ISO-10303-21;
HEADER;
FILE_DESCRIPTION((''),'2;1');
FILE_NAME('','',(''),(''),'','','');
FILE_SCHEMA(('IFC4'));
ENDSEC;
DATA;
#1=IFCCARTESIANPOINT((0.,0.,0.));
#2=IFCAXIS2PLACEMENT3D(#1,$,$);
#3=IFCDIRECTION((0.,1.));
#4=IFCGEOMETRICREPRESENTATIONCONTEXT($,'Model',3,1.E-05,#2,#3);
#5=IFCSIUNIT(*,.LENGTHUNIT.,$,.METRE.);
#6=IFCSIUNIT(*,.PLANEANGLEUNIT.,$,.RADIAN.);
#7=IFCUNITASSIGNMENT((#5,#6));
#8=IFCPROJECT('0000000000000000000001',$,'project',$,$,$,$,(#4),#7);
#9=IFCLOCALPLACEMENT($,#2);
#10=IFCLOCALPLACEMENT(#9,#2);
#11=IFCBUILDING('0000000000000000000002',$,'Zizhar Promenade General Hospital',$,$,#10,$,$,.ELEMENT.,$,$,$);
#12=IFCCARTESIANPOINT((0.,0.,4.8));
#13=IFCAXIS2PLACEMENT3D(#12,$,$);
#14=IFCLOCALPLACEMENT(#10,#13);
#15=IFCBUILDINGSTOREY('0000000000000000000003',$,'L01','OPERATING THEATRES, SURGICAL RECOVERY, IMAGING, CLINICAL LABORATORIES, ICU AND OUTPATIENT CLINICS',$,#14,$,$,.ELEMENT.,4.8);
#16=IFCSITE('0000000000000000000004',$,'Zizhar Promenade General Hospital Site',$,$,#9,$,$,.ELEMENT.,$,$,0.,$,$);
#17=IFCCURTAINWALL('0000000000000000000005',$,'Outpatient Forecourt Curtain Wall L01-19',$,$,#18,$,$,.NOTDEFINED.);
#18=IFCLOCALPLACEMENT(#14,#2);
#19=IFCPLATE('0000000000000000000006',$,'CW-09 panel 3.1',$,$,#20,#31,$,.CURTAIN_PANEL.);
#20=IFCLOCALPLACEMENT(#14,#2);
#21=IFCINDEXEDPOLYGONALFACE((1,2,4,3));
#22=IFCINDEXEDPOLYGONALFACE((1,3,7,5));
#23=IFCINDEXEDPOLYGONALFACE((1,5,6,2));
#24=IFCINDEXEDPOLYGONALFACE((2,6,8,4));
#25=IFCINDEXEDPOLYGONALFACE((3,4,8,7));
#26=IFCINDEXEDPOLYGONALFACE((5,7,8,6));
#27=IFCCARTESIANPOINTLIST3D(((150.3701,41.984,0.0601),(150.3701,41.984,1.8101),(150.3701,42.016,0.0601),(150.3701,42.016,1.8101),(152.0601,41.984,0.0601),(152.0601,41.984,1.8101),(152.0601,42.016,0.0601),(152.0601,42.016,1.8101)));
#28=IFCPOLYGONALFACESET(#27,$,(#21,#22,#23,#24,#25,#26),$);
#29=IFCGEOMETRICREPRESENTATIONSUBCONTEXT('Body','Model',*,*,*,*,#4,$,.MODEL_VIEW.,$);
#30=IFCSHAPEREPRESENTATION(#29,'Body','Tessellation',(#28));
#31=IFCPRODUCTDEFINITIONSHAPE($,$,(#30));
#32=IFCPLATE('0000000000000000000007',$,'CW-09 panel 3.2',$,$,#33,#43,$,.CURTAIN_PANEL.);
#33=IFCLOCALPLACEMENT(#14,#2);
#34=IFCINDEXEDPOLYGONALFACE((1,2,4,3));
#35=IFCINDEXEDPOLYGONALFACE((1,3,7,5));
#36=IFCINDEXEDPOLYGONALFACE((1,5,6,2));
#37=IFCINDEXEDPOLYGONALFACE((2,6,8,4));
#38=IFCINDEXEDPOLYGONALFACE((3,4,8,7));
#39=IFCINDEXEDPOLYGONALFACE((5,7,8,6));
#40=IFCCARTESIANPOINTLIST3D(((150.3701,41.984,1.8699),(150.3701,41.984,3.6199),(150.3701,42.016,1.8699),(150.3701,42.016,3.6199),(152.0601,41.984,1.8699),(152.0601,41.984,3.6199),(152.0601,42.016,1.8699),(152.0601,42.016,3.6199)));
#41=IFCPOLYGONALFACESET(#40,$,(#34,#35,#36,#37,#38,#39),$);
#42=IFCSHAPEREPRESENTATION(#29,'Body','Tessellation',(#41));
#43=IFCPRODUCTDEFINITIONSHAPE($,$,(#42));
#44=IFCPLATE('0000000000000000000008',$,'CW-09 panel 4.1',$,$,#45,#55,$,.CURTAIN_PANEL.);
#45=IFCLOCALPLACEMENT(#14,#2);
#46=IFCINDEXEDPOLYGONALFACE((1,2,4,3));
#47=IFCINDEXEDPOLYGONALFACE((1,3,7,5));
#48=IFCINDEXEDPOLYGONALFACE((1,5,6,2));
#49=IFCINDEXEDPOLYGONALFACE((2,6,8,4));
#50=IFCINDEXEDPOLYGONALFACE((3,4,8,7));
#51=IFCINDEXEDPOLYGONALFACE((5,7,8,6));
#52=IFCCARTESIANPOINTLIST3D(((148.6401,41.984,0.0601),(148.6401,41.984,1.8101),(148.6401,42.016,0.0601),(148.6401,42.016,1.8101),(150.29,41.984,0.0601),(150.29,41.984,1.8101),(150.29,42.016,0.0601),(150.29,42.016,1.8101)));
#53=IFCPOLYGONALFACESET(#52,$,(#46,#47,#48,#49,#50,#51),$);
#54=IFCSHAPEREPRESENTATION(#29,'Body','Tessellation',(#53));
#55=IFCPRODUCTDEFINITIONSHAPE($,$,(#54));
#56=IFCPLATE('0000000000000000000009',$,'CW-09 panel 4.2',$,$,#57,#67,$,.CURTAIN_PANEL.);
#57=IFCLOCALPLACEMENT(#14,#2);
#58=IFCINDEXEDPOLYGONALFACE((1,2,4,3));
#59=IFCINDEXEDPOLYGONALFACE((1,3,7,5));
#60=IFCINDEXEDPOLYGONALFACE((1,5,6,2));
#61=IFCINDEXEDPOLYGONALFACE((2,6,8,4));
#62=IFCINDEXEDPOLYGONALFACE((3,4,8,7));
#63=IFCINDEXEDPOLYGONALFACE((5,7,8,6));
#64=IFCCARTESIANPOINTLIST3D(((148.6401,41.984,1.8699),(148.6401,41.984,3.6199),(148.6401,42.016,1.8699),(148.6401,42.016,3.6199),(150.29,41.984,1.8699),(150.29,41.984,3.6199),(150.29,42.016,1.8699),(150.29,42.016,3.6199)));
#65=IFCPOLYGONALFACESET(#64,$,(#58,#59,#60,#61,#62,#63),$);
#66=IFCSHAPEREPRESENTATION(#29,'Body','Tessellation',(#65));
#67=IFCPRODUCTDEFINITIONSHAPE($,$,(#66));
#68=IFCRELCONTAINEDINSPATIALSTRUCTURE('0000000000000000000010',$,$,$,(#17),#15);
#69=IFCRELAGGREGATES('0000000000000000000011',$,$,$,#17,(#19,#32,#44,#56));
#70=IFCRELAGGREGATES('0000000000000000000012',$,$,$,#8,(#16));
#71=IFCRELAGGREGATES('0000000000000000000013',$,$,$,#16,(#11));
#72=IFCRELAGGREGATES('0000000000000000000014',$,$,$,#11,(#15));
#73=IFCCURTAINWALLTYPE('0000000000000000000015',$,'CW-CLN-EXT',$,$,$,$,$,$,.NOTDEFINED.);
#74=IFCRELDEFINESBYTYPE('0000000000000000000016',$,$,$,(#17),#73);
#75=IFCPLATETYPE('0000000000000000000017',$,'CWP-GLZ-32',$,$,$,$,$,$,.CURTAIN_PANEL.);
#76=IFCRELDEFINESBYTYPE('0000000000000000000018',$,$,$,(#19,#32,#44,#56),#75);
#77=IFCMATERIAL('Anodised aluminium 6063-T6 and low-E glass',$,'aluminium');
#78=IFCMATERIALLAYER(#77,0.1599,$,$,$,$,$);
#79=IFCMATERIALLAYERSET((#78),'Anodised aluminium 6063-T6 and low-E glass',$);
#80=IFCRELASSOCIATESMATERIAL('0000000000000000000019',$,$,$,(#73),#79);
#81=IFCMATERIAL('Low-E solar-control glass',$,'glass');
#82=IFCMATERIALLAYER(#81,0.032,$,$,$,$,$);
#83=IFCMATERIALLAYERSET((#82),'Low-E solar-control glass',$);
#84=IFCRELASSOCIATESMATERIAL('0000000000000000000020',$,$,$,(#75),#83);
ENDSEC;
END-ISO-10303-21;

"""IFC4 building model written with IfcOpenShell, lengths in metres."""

from ifc_helpers import new_model, si_unit, direction, frame, origin, origin_2d, place, context, subcontext, project, spatial, rectangle, extrude, material, layer, layer_set, type_object, element, aggregate, save


model = new_model("IFC4")

# Units and contexts
model_context = context("Model", 3, precision=1e-05, world=origin(), true_north=direction((0.0, 1.0)))
body_context = subcontext(model_context, "Body", "Model", "MODEL_VIEW")
ifc_project = project(units=[si_unit("LENGTHUNIT", "METRE"), si_unit("PLANEANGLEUNIT", "RADIAN")], contexts=[model_context])

# Site, building, storey
site_placement = place(None, origin())
site = spatial("IfcSite", under=ifc_project, at=site_placement, Name="Zizhar Promenade General Hospital Site", CompositionType="ELEMENT", RefElevation=0.0)
building_placement = place(site_placement, origin())
building = spatial("IfcBuilding", under=site, at=building_placement, Name="Zizhar Promenade General Hospital", CompositionType="ELEMENT")
storey_placement = place(building_placement, frame((0.0, 0.0, 4.8)))
storey = spatial("IfcBuildingStorey", under=building, at=storey_placement, Name="L01", Description="OPERATING THEATRES, SURGICAL RECOVERY, IMAGING, CLINICAL LABORATORIES, ICU AND OUTPATIENT CLINICS", CompositionType="ELEMENT", Elevation=4.8)

# Curtain wall, plates
ifc_material_1 = material(Name="Anodised aluminium 6063-T6 and low-E glass", Category="aluminium")
ifc_layer_1 = layer(ifc_material_1, 0.1599)
ifc_layer_set_1 = layer_set([ifc_layer_1], Name="Anodised aluminium 6063-T6 and low-E glass")
curtain_wall_type = type_object("IfcCurtainWallType", Name="CW-CLN-EXT", PredefinedType="NOTDEFINED", material=ifc_layer_set_1)
curtain_wall_placement = place(storey_placement, origin())
curtain_wall = element("IfcCurtainWall", 1, at=curtain_wall_placement, inside=storey, type_object=curtain_wall_type, Name="Outpatient Forecourt Curtain Wall L01-19", PredefinedType="NOTDEFINED")
ifc_material_2 = material(Name="Low-E solar-control glass", Category="glass")
ifc_layer_2 = layer(ifc_material_2, 0.032)
ifc_layer_set_2 = layer_set([ifc_layer_2], Name="Low-E solar-control glass")
plate_type = type_object("IfcPlateType", Name="CWP-GLZ-32", PredefinedType="CURTAIN_PANEL", material=ifc_layer_set_2)
plate_1_placement = place(storey_placement, frame((151.2151, 42.0, 0.0601), z_axis=(0.0, 0.0, 1.0), x_axis=(-1.0, 0.0, 0.0)))
plate_1 = element("IfcPlate", 2, at=plate_1_placement, type_object=plate_type, Name="CW-09 panel 3.1", PredefinedType="CURTAIN_PANEL", context=body_context, shape_type="SweptSolid", body=[
    extrude(rectangle(XDim=1.6899, YDim=0.032, at=origin_2d()), origin(), (0.0, 0.0, 1.0), 1.75),
])
plate_2_placement = place(storey_placement, frame((151.2151, 42.0, 1.8699), z_axis=(0.0, 0.0, 1.0), x_axis=(-1.0, 0.0, 0.0)))
plate_2 = element("IfcPlate", 3, at=plate_2_placement, type_object=plate_type, Name="CW-09 panel 3.2", PredefinedType="CURTAIN_PANEL", context=body_context, shape_type="SweptSolid", body=[
    extrude(rectangle(XDim=1.6899, YDim=0.032, at=origin_2d()), origin(), (0.0, 0.0, 1.0), 1.75),
])
plate_3_placement = place(storey_placement, frame((149.4651, 42.0, 0.0601), z_axis=(0.0, 0.0, 1.0), x_axis=(-1.0, 0.0, 0.0)))
plate_3 = element("IfcPlate", 4, at=plate_3_placement, type_object=plate_type, Name="CW-09 panel 4.1", PredefinedType="CURTAIN_PANEL", context=body_context, shape_type="SweptSolid", body=[
    extrude(rectangle(XDim=1.6499, YDim=0.032, at=origin_2d()), origin(), (0.0, 0.0, 1.0), 1.75),
])
plate_4_placement = place(storey_placement, frame((149.4651, 42.0, 1.8699), z_axis=(0.0, 0.0, 1.0), x_axis=(-1.0, 0.0, 0.0)))
plate_4 = element("IfcPlate", 5, at=plate_4_placement, type_object=plate_type, Name="CW-09 panel 4.2", PredefinedType="CURTAIN_PANEL", context=body_context, shape_type="SweptSolid", body=[
    extrude(rectangle(XDim=1.6499, YDim=0.032, at=origin_2d()), origin(), (0.0, 0.0, 1.0), 1.75),
])
aggregate(curtain_wall, [plate_1, plate_2, plate_3, plate_4])

save(model, "model.ifc")
